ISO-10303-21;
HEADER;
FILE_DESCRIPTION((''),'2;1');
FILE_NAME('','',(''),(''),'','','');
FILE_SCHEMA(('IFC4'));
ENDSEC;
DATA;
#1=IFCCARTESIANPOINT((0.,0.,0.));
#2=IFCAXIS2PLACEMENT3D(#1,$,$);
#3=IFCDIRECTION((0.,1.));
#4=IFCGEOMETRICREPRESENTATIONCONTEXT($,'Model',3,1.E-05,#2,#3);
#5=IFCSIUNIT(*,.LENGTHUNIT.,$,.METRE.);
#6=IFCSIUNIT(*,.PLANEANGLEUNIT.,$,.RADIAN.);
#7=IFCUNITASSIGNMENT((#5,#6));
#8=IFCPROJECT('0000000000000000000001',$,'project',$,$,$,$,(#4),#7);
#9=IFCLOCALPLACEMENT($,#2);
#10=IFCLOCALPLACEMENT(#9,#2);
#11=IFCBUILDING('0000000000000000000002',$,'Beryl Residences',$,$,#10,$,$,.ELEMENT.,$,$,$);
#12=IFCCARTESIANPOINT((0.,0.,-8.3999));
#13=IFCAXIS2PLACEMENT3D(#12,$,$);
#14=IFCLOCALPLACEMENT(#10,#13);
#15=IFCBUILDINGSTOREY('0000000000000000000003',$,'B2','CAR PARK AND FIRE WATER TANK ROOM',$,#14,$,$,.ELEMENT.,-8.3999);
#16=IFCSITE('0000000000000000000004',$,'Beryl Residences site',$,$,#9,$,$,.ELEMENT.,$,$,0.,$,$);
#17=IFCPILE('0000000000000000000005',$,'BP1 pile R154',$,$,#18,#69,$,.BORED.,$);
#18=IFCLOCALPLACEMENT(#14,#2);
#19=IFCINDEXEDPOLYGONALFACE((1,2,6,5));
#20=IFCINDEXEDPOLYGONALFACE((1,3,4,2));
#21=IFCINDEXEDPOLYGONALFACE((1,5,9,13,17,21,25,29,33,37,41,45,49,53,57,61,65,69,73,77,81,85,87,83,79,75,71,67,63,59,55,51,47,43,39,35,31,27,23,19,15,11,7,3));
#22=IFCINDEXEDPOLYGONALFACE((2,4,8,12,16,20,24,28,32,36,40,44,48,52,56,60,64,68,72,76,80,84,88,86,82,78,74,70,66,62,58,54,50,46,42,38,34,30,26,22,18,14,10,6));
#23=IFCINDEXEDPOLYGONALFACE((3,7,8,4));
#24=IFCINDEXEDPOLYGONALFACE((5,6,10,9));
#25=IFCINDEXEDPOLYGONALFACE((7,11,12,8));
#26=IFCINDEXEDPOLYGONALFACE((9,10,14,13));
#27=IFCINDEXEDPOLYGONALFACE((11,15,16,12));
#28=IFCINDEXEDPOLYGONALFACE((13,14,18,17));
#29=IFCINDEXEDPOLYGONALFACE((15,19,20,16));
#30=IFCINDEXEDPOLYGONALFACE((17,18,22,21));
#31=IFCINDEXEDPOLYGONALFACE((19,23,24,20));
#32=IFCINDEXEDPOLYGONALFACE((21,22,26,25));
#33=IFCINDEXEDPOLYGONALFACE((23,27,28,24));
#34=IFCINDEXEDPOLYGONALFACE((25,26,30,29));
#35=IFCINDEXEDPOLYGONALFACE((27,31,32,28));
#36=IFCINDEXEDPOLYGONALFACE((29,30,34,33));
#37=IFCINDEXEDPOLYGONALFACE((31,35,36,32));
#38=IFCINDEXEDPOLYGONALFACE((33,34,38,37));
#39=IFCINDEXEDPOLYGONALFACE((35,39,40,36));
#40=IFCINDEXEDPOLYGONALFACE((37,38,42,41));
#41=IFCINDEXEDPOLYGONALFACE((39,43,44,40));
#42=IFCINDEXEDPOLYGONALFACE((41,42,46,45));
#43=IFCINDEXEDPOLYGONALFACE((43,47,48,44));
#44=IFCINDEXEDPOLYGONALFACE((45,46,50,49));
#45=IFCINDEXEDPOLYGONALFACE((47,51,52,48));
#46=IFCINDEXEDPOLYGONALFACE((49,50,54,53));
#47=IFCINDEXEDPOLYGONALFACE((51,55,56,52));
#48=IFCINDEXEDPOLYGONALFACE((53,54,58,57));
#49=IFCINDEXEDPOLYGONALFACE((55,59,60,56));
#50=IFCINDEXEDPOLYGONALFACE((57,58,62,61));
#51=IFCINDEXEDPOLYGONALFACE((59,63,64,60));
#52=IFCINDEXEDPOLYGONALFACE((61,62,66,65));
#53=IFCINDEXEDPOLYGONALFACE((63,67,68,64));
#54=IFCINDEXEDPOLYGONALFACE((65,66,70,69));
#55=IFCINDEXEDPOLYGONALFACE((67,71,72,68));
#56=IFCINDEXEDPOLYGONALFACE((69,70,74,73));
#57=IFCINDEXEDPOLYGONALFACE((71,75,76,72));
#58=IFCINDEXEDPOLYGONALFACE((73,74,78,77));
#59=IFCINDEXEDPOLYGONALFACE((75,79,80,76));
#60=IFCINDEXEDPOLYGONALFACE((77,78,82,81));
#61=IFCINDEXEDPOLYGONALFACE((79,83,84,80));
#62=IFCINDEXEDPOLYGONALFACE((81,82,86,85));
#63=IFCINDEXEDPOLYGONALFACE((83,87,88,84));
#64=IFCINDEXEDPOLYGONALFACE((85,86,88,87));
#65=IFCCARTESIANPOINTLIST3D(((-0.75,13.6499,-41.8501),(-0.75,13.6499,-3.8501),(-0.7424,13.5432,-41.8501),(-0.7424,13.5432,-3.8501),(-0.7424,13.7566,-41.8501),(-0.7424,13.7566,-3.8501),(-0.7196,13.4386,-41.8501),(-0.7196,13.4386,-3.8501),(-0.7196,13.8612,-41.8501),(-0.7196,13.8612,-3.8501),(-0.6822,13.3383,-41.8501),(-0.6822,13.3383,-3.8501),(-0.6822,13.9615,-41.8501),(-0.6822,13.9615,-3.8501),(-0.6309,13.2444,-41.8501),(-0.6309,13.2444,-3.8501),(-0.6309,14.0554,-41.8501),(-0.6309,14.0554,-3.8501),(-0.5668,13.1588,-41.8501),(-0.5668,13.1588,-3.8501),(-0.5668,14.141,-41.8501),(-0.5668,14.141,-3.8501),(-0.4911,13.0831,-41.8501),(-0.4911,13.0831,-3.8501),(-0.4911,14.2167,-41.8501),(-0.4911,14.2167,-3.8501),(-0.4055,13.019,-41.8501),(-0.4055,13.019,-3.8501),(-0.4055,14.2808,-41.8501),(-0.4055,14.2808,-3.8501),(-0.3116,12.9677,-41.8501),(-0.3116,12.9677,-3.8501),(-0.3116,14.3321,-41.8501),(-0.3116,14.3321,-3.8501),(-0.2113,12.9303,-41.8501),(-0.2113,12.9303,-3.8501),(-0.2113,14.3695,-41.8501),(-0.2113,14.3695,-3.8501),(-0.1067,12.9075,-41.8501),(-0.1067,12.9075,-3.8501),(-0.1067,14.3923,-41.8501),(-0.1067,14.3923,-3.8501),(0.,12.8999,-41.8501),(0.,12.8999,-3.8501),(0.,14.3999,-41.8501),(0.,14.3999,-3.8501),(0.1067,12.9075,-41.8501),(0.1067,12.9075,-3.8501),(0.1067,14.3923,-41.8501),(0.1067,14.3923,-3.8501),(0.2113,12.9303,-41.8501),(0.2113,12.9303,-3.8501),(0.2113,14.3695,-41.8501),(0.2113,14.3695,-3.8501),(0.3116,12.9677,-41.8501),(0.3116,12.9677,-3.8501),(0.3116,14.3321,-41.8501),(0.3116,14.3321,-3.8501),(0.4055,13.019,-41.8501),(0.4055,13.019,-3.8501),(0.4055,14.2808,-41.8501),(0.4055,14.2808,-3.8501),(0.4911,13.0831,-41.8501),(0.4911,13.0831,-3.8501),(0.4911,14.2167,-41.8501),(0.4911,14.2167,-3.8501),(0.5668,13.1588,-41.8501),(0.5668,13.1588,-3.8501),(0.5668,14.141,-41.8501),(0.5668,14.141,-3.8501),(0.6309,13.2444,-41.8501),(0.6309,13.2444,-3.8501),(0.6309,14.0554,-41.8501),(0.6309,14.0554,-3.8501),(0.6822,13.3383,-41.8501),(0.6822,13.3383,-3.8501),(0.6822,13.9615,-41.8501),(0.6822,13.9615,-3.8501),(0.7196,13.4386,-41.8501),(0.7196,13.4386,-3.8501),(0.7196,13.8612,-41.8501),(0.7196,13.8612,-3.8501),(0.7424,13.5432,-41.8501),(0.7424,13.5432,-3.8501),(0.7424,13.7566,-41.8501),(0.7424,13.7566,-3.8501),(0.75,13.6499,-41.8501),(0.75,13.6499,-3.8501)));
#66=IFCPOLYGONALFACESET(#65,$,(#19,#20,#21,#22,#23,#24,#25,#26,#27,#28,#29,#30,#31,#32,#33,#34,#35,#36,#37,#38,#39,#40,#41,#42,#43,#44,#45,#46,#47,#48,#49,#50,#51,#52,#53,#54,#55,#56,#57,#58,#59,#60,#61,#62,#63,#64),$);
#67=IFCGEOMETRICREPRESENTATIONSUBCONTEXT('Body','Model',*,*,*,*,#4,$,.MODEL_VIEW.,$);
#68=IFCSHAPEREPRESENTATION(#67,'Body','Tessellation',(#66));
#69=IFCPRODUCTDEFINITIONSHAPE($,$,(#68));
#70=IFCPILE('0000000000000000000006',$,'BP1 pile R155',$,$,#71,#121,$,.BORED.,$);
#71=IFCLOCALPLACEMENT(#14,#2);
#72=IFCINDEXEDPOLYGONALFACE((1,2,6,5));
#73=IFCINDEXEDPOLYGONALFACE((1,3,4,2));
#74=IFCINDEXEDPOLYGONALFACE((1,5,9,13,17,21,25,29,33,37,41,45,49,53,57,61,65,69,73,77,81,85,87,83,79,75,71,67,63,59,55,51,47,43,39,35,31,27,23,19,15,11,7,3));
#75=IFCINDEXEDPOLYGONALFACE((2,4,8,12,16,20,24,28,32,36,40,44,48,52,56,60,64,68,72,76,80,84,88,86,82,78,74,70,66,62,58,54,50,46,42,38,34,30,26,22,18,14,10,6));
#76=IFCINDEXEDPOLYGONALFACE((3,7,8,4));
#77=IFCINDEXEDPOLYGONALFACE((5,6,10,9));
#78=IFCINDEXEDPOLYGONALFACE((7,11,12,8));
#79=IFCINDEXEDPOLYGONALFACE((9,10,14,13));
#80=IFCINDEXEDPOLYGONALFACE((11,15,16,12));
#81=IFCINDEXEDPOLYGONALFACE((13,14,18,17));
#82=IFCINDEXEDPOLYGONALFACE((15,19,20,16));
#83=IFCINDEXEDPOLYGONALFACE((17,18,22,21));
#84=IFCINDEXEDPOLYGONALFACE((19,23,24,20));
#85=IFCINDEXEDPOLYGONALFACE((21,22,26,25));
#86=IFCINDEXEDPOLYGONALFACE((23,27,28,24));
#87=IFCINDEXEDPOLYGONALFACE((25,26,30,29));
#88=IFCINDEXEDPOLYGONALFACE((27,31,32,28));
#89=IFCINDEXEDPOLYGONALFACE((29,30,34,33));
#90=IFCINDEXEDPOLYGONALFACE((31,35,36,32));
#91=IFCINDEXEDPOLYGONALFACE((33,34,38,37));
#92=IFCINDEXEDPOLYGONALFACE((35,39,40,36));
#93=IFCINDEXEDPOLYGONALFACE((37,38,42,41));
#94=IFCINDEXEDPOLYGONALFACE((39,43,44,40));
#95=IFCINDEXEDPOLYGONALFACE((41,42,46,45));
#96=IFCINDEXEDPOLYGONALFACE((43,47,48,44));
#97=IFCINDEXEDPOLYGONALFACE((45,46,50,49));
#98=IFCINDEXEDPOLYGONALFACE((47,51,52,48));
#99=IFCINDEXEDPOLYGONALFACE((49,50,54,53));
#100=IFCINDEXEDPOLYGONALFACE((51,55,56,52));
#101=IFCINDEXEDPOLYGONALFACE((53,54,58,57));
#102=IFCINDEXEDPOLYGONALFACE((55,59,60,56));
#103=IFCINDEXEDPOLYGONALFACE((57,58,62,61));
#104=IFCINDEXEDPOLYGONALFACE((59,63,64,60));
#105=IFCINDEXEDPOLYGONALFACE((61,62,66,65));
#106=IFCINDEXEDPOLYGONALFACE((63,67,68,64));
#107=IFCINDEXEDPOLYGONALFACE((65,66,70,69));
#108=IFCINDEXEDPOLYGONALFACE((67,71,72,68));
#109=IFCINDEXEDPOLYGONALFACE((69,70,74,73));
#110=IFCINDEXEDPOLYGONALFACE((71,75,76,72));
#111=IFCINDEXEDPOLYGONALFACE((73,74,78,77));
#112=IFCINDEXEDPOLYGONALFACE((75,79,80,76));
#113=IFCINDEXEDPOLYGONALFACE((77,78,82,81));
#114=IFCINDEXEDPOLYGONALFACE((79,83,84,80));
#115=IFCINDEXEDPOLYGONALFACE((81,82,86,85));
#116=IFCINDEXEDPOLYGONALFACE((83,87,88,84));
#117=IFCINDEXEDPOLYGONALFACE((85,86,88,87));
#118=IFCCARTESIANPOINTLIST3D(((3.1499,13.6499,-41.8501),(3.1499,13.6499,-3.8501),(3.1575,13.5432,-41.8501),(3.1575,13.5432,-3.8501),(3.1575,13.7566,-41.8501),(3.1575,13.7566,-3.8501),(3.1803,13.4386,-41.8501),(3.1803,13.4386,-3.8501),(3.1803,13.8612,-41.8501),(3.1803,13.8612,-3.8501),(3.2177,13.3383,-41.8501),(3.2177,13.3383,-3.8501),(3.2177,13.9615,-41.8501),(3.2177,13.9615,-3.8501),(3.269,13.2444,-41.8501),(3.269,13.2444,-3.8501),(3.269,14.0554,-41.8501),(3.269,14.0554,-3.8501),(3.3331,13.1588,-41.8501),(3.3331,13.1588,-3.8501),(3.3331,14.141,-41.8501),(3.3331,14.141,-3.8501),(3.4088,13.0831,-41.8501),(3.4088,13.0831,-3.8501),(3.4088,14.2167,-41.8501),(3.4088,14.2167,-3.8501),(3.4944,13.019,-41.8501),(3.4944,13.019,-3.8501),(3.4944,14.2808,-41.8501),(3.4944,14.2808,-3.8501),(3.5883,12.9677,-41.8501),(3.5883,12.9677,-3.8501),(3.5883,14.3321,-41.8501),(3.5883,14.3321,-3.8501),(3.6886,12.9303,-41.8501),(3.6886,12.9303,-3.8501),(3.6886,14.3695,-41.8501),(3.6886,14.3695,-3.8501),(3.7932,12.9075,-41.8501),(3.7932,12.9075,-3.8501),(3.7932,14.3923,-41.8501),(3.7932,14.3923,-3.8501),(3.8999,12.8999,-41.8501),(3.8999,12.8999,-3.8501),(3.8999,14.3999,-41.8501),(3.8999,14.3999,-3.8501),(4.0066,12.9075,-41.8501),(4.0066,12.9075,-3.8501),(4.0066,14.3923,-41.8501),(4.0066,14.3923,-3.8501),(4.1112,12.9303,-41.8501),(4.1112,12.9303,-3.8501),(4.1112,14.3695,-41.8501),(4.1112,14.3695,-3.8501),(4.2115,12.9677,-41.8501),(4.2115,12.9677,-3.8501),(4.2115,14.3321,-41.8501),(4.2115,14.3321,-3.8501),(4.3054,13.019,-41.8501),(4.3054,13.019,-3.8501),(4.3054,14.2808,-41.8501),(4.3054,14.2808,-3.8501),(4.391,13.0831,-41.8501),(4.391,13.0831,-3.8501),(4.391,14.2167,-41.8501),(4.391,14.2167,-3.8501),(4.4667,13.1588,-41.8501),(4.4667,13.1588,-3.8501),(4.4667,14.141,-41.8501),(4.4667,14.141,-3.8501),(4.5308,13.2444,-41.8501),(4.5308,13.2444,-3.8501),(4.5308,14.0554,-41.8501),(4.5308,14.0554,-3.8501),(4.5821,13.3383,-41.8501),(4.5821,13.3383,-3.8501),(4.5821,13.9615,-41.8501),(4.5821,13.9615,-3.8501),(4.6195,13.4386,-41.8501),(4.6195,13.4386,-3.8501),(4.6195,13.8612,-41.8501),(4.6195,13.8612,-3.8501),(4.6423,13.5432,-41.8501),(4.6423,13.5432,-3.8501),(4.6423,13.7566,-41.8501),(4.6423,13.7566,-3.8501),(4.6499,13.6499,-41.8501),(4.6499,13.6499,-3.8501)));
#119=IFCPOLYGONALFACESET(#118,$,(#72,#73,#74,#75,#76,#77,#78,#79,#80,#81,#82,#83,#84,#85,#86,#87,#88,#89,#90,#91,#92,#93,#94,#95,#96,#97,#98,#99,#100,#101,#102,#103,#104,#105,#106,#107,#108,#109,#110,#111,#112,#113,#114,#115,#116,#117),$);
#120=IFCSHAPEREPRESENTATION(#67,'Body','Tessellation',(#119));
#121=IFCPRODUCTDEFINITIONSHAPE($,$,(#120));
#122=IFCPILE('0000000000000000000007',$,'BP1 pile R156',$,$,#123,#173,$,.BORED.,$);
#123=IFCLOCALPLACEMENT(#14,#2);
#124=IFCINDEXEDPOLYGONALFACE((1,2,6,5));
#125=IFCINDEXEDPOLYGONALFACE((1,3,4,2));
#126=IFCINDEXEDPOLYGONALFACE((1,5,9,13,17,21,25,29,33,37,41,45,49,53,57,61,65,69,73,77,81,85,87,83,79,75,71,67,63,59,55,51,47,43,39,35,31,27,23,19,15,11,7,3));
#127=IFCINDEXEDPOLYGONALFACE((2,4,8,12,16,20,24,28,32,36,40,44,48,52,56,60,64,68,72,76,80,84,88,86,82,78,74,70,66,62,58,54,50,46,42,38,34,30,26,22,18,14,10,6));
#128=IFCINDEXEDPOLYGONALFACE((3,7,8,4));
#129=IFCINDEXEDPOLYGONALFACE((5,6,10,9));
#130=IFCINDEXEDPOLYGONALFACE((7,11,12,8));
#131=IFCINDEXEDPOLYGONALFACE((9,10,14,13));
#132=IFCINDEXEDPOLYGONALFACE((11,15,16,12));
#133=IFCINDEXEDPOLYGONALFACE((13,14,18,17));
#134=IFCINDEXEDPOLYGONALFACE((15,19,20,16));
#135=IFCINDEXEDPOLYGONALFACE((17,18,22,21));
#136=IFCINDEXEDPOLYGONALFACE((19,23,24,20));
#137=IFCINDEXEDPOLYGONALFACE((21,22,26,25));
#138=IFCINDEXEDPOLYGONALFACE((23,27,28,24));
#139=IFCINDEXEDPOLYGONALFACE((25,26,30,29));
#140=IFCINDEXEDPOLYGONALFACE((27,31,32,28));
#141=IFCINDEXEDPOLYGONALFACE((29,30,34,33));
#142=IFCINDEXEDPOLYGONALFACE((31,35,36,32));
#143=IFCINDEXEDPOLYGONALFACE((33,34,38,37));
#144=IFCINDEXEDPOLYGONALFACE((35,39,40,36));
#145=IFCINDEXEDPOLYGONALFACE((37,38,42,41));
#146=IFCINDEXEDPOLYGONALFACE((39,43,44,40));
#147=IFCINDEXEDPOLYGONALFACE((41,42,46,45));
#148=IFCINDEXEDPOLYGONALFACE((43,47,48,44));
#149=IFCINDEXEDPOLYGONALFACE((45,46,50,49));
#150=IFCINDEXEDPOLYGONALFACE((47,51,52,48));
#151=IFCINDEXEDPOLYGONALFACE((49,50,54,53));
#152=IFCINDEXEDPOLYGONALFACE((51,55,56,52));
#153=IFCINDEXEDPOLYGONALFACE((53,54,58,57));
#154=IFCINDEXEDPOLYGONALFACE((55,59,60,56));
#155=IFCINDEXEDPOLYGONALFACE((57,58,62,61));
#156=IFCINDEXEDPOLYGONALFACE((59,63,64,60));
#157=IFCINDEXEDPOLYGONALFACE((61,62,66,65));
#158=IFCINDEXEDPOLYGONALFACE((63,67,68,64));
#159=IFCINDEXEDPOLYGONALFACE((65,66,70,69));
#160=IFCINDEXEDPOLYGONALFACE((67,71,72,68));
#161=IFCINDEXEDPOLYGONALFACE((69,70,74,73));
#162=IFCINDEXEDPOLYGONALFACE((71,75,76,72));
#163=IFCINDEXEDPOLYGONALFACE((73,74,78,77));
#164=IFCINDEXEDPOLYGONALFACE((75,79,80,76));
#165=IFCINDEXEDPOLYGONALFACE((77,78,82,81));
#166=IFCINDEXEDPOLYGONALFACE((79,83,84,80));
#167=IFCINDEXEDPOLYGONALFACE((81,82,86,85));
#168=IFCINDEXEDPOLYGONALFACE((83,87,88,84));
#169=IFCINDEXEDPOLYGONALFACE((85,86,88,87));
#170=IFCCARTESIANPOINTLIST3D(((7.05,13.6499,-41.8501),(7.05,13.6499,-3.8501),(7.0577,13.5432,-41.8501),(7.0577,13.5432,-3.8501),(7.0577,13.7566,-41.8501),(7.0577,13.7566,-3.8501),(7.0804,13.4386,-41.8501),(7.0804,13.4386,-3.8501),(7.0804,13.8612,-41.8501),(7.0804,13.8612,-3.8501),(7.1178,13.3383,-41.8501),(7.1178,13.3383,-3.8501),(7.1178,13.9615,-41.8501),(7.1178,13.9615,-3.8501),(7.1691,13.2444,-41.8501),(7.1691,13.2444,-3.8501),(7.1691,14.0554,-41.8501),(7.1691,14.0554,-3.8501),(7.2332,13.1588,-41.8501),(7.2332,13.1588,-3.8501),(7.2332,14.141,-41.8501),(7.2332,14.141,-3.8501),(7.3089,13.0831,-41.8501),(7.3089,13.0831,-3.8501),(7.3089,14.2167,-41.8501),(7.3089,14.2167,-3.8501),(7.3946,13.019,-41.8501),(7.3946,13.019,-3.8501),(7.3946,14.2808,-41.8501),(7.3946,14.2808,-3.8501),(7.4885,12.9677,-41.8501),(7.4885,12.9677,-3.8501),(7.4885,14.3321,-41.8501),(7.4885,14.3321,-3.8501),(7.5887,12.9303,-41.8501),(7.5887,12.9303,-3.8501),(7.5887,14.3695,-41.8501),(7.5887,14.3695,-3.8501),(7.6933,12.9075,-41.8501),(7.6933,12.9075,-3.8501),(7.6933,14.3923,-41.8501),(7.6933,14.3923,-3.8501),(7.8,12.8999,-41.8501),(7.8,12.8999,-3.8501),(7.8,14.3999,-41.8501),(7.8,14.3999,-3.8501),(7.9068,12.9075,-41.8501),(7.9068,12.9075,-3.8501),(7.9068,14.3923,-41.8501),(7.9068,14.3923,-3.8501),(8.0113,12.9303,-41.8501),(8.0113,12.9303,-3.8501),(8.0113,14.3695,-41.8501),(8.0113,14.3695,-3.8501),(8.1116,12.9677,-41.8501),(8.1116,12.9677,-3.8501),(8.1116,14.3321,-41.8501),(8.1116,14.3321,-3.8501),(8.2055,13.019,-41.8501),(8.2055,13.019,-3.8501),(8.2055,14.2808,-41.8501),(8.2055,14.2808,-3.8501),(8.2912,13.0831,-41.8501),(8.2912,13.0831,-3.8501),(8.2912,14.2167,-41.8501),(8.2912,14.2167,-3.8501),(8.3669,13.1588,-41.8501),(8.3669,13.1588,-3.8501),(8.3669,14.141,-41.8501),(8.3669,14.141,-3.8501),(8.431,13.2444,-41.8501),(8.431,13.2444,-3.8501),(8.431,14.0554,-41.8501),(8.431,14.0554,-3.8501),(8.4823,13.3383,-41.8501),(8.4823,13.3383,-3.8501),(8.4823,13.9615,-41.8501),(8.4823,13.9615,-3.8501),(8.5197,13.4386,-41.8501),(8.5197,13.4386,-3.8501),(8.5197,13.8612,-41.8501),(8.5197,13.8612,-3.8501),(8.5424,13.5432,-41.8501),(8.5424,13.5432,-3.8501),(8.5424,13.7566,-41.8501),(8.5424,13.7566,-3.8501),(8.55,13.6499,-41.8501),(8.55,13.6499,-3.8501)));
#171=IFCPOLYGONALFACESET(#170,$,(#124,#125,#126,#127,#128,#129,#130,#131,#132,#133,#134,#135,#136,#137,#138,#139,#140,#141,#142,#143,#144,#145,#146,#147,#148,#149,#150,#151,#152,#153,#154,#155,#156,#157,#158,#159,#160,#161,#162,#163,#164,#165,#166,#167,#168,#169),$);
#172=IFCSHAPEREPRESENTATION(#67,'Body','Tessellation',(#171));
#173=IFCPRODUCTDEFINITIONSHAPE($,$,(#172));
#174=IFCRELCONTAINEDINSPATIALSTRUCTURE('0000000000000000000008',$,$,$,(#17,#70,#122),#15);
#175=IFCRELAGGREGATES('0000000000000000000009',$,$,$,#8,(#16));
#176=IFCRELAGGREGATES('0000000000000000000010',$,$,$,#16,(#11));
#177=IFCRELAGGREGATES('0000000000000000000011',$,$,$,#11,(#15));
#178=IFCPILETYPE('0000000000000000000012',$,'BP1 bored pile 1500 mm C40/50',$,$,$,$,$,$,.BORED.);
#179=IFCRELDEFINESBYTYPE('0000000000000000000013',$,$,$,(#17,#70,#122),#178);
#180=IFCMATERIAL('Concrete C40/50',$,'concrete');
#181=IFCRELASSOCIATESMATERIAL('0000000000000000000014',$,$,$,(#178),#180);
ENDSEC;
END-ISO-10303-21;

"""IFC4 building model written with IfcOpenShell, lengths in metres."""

from ifc_helpers import new_model, si_unit, direction, frame, origin, origin_2d, place, context, subcontext, project, spatial, circle, extrude, material, material_profile, profile_set, type_object, element, save


model = new_model("IFC4")

# Units and contexts
model_context = context("Model", 3, precision=1e-05, world=origin(), true_north=direction((0.0, 1.0)))
body_context = subcontext(model_context, "Body", "Model", "MODEL_VIEW")
ifc_project = project(units=[si_unit("LENGTHUNIT", "METRE"), si_unit("PLANEANGLEUNIT", "RADIAN")], contexts=[model_context])

# Site, building, storey
site_placement = place(None, origin())
site = spatial("IfcSite", under=ifc_project, at=site_placement, Name="Beryl Residences site", CompositionType="ELEMENT", RefElevation=0.0)
building_placement = place(site_placement, origin())
building = spatial("IfcBuilding", under=site, at=building_placement, Name="Beryl Residences", CompositionType="ELEMENT")
storey_placement = place(building_placement, frame((0.0, 0.0, -8.3999)))
storey = spatial("IfcBuildingStorey", under=building, at=storey_placement, Name="B2", Description="CAR PARK AND FIRE WATER TANK ROOM", CompositionType="ELEMENT", Elevation=-8.3999)

# Piles
ifc_material_1 = material(Name="Concrete C40/50", Category="concrete")
ifc_material_profile_1 = material_profile(ifc_material_1, circle(Radius=0.75, at=origin_2d()))
ifc_profile_set_1 = profile_set([ifc_material_profile_1], Name="Concrete C40/50")
pile_type = type_object("IfcPileType", Name="BP1 bored pile 1500 mm C40/50", PredefinedType="BORED", material=ifc_profile_set_1)
for number, where, z_axis, x_axis, name in (
    (1, (0.0, 13.6499, -3.8501), (0.0, 0.0, -1.0), (1.0, 0.0, 0.0), "BP1 pile R154"),
    (2, (3.8999, 13.6499, -3.8501), (0.0, 0.0, -1.0), (1.0, 0.0, 0.0), "BP1 pile R155"),
    (3, (7.8, 13.6499, -3.8501), (0.0, 0.0, -1.0), (1.0, 0.0, 0.0), "BP1 pile R156"),
):
    element("IfcPile", number, at=place(storey_placement, frame(where, z_axis=z_axis, x_axis=x_axis)), inside=storey, type_object=pile_type, Name=name, PredefinedType="BORED", context=body_context, shape_type="SweptSolid", body=[
        extrude(circle(Radius=0.75, at=origin_2d()), origin(), (0.0, 0.0, 1.0), 38.0),
    ])

save(model, "model.ifc")
